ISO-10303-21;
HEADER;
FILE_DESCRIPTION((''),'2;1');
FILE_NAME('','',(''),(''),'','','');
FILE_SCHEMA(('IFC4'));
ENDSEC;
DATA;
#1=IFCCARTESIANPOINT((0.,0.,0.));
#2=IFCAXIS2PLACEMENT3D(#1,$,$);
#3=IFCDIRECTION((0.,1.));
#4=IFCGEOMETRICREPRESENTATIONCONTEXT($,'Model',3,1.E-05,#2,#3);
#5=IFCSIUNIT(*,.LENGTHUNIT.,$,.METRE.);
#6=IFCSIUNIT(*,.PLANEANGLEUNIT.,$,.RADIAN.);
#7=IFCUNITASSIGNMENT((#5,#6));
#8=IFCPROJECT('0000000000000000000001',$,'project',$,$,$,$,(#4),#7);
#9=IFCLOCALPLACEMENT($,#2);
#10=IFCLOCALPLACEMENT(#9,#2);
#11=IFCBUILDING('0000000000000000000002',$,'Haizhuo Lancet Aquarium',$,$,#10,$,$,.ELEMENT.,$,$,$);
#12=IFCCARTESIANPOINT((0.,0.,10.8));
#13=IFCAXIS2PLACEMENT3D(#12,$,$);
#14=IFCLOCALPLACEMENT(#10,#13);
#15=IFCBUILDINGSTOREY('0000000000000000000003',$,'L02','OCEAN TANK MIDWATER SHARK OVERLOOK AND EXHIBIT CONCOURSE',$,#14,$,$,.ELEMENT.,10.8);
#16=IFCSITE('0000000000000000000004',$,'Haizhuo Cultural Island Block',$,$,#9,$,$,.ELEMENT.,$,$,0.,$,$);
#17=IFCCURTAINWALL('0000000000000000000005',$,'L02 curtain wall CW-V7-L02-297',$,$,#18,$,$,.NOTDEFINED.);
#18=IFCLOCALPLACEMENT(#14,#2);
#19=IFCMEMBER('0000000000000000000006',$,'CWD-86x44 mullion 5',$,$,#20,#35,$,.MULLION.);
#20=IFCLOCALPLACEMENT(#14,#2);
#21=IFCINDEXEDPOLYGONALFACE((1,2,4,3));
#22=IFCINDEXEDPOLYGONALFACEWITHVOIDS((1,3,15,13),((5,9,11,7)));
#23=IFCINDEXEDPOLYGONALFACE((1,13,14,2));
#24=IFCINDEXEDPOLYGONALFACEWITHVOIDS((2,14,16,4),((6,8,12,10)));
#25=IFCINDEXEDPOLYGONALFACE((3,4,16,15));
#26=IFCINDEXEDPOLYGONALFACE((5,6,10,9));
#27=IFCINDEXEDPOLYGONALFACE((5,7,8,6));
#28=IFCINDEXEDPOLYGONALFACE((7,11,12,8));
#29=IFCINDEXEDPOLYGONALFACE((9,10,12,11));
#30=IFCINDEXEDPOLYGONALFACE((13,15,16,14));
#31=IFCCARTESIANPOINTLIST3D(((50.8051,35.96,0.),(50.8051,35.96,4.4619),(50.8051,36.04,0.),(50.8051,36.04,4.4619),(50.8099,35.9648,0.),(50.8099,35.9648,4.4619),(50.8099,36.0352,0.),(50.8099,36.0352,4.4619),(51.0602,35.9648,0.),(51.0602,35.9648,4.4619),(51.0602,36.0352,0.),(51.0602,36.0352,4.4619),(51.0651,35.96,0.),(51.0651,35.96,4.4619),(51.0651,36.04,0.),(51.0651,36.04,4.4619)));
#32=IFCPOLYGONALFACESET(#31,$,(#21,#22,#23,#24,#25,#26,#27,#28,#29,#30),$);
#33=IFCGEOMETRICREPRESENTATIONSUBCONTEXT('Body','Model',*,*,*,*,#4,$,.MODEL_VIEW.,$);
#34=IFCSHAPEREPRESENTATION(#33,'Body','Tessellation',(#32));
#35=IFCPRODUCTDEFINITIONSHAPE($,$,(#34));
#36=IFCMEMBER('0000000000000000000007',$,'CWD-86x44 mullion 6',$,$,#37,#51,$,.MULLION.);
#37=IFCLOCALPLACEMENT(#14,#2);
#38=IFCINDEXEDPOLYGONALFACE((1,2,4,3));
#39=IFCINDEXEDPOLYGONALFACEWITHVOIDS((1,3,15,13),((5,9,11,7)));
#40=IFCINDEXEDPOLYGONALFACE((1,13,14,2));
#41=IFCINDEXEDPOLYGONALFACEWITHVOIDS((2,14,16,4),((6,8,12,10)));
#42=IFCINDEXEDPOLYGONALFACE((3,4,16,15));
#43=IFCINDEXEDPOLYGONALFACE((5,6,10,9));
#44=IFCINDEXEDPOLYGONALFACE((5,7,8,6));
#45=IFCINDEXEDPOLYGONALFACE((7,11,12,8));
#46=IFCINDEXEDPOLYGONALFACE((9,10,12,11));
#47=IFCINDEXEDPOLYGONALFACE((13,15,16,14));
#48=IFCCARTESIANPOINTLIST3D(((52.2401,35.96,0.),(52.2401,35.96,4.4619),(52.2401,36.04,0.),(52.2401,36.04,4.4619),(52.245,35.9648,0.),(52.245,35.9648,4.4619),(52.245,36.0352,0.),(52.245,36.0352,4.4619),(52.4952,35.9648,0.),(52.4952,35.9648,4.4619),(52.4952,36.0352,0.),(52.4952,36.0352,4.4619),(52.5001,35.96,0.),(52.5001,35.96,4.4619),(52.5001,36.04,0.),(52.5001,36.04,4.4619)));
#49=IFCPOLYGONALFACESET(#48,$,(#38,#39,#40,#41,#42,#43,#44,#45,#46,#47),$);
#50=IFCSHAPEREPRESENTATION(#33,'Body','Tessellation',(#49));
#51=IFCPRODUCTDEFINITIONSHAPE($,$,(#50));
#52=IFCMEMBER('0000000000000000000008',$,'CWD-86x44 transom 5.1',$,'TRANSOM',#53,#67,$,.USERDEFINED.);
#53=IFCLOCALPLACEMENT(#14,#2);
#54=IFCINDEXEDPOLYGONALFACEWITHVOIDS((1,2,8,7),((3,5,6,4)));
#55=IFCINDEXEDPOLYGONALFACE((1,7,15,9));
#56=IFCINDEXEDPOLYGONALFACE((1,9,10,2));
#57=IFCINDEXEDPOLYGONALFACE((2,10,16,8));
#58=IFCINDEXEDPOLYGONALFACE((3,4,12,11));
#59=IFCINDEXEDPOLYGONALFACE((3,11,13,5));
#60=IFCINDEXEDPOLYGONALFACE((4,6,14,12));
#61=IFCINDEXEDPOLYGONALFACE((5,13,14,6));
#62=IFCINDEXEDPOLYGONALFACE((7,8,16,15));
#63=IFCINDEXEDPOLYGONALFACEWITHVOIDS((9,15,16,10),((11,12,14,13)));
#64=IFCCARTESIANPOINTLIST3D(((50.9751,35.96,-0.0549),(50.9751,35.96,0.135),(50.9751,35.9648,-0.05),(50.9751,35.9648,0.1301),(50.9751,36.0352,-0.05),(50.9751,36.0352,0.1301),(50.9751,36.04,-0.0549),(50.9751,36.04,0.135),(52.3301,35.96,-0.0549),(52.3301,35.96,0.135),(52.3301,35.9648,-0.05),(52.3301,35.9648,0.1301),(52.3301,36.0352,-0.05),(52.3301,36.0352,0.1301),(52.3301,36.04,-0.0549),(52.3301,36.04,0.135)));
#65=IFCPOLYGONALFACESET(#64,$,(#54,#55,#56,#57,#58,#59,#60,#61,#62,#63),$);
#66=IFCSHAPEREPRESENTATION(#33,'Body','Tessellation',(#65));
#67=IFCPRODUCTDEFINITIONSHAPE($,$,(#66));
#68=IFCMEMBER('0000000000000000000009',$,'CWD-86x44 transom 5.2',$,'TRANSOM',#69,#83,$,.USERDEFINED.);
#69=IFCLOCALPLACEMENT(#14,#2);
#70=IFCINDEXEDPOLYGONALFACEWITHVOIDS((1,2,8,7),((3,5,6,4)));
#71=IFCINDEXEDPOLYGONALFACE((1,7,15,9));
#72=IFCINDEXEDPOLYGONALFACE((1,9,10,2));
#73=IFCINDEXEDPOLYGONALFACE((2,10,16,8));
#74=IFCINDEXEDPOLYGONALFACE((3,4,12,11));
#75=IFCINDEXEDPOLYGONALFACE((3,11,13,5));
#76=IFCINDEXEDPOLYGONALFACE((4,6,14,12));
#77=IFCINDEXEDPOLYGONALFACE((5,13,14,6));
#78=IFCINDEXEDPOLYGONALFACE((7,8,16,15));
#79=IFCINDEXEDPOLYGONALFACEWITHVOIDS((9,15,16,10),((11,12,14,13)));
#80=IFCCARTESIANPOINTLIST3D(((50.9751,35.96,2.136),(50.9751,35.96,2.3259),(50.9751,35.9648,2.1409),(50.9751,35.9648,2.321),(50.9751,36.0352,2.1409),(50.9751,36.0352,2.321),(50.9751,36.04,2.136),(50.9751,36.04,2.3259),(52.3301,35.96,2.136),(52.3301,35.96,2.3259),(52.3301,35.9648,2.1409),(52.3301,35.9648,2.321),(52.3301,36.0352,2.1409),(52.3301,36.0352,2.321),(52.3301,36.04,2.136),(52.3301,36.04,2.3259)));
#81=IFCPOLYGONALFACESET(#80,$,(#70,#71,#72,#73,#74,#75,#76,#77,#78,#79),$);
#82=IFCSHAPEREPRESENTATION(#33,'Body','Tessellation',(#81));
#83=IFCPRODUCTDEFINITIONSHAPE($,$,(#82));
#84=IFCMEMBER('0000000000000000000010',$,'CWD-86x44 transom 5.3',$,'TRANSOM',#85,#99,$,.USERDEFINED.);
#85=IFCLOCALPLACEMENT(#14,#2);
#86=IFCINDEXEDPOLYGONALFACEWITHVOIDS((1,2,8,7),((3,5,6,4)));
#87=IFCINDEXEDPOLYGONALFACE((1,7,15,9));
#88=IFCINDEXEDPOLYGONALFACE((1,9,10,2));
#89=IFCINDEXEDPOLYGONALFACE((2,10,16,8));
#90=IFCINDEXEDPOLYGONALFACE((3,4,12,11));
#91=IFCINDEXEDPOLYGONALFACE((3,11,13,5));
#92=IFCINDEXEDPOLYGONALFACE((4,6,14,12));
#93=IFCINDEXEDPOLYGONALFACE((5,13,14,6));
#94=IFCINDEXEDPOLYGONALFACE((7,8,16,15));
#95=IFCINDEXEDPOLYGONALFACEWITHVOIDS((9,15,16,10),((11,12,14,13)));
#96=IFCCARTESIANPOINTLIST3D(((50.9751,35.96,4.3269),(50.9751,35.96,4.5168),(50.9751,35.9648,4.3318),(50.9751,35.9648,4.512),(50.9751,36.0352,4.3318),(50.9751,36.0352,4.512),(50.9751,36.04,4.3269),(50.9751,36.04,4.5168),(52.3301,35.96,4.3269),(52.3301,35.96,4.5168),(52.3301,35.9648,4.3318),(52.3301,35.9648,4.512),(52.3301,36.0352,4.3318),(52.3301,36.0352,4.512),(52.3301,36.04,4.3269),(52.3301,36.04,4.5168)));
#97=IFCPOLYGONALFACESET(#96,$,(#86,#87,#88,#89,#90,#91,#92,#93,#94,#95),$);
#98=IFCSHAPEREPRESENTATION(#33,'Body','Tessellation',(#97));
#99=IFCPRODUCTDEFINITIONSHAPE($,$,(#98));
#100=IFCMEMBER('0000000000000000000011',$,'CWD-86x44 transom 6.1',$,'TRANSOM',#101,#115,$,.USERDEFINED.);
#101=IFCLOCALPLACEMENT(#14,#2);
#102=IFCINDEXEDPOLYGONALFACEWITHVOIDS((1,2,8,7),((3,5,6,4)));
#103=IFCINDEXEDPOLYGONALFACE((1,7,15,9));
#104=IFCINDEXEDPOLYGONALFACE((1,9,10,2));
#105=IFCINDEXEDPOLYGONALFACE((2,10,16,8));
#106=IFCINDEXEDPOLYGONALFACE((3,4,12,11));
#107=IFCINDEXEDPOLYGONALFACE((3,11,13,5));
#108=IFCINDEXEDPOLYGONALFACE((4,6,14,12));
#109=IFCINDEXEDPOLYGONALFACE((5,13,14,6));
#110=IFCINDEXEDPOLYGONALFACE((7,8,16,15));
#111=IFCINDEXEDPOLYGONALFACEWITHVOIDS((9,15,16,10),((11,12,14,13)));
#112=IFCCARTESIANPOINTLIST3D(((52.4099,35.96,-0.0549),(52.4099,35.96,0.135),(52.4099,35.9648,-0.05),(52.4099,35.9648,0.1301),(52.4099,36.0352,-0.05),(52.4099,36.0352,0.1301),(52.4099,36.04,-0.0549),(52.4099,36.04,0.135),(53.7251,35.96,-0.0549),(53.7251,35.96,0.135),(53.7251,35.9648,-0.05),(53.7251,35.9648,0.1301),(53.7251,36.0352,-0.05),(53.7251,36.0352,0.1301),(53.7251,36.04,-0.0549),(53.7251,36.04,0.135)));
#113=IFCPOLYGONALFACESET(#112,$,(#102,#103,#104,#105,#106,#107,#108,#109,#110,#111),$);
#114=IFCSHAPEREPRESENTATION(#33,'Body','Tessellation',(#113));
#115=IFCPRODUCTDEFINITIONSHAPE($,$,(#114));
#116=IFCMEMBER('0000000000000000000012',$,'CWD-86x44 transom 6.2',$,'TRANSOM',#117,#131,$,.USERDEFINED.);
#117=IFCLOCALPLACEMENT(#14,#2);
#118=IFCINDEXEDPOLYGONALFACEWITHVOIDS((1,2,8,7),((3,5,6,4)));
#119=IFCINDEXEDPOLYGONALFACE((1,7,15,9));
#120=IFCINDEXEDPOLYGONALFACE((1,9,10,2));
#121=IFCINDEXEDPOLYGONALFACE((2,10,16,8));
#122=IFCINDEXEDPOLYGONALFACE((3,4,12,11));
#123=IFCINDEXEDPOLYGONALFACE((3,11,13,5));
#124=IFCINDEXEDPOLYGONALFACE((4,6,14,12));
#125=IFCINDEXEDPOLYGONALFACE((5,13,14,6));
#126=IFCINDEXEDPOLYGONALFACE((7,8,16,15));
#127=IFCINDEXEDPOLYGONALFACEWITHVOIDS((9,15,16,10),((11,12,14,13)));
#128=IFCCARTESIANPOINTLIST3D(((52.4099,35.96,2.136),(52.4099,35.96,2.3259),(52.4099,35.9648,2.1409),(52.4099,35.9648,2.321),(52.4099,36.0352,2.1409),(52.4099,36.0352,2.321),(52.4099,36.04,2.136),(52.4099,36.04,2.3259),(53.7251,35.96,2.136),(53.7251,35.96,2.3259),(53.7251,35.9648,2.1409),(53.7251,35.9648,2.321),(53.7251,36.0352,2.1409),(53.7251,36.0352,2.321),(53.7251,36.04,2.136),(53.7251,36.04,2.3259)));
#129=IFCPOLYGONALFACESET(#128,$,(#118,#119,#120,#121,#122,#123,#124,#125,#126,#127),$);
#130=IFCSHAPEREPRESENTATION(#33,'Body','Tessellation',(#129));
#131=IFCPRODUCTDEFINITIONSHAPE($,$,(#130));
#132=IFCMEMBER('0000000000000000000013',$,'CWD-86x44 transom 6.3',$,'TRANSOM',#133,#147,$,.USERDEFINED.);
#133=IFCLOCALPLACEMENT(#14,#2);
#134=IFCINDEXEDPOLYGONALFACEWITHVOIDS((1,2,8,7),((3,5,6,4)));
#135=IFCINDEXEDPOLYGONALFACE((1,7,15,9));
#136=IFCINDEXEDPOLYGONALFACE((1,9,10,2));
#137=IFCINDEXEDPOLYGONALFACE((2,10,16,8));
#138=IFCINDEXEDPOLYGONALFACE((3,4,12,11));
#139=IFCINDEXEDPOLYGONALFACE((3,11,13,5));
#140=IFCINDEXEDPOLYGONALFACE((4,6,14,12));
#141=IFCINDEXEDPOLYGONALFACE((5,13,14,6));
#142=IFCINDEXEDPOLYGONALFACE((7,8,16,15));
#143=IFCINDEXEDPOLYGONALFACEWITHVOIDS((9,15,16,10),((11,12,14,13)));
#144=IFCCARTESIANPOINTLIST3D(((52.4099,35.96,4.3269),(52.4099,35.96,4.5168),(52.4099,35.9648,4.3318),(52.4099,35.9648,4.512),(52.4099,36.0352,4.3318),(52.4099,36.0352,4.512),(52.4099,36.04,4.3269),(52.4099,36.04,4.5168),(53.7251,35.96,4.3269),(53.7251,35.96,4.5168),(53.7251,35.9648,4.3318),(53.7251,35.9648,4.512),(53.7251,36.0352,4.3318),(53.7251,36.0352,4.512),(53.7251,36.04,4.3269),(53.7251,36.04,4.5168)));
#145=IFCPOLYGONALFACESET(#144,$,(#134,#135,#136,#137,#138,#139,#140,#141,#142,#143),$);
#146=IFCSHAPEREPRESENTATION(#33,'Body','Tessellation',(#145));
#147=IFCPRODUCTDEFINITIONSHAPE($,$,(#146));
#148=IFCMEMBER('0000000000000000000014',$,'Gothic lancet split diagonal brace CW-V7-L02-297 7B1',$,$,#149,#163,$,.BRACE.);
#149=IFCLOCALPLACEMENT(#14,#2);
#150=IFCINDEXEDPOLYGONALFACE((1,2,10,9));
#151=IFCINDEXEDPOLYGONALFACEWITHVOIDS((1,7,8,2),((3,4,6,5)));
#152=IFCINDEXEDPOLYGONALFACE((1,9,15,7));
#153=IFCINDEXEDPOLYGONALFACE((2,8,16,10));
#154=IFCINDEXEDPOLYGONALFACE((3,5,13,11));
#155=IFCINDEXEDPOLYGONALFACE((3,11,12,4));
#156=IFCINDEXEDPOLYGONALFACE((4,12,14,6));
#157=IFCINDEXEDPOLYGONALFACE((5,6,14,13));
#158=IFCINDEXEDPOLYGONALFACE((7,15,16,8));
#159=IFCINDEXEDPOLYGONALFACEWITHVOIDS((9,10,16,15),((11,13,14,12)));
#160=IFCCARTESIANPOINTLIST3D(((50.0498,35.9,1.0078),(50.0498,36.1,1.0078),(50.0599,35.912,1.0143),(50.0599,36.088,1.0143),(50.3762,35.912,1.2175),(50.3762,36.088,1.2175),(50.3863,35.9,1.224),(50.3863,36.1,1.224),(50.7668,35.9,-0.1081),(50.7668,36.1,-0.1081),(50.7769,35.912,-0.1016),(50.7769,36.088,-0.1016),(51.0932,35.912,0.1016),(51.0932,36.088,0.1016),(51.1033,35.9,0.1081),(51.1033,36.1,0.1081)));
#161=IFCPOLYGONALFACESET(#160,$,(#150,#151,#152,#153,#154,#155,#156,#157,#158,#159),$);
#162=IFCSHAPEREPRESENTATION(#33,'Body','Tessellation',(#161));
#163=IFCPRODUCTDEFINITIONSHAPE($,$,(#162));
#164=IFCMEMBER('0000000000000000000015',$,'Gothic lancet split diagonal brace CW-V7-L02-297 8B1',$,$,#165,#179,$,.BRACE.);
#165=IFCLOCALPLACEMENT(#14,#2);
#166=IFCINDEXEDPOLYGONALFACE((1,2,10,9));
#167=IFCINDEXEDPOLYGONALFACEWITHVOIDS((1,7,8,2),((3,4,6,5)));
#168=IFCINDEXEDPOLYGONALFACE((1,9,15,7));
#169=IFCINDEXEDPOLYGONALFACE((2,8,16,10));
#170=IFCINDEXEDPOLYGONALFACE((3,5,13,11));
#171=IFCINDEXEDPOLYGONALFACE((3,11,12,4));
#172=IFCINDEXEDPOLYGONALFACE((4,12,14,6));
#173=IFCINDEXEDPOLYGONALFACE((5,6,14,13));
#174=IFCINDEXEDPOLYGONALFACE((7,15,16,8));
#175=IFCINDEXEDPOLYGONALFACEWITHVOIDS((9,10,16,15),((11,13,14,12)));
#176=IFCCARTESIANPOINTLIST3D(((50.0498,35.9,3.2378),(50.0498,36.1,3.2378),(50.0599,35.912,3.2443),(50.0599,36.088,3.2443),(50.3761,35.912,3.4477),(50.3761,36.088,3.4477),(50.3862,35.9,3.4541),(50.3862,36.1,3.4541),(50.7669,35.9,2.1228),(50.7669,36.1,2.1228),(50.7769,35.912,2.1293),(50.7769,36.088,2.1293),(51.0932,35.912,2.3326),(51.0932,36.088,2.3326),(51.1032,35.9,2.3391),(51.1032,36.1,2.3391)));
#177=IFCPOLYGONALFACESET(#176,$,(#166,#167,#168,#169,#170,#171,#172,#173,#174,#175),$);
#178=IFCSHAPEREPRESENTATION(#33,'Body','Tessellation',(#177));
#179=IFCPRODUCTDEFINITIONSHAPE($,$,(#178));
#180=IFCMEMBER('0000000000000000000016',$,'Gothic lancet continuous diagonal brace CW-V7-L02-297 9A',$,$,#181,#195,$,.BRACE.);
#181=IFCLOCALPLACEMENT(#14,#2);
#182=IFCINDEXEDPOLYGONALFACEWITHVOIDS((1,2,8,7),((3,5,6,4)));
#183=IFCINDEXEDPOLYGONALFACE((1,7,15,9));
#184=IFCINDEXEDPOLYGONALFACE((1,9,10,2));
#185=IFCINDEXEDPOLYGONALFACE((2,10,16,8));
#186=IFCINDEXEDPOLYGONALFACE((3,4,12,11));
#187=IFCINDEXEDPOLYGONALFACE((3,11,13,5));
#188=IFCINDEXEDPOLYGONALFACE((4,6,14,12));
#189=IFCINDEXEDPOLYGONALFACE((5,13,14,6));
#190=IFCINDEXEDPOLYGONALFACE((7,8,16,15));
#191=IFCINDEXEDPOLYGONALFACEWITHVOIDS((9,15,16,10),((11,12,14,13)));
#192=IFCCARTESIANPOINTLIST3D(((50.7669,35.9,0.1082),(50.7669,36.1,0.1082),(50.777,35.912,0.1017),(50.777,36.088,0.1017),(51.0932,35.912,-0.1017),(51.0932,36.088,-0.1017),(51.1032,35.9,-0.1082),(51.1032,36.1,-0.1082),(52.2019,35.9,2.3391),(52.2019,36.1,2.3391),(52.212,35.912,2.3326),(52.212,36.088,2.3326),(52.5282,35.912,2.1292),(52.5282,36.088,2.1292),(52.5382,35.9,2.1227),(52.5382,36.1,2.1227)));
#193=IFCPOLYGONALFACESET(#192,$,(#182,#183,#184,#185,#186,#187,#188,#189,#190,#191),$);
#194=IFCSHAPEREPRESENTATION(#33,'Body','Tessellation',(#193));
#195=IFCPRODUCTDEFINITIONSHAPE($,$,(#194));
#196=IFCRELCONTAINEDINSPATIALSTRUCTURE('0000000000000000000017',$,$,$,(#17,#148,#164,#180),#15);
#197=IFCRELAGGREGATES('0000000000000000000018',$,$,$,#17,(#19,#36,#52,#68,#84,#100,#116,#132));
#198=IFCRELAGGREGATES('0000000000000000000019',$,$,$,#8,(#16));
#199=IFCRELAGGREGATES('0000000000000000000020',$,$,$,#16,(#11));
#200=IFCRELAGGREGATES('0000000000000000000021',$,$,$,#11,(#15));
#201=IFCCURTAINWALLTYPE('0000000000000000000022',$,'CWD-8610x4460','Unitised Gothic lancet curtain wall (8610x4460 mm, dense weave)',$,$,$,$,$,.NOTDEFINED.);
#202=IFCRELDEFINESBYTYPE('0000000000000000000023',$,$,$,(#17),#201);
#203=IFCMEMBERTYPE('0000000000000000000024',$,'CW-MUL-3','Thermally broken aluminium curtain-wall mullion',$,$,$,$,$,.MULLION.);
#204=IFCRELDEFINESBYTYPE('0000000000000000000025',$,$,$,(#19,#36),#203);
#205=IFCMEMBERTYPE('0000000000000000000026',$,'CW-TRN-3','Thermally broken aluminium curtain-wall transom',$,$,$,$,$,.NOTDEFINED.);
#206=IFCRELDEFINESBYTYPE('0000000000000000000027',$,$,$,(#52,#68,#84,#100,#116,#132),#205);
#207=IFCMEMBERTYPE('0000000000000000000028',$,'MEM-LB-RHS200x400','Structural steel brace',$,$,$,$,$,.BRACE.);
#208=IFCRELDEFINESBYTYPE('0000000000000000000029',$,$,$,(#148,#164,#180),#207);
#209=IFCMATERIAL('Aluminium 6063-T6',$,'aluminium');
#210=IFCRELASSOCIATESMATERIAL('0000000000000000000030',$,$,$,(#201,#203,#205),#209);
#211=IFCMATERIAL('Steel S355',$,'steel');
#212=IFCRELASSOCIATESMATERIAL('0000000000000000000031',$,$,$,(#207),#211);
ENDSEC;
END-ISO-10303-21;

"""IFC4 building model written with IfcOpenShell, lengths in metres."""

from ifc_helpers import new_model, si_unit, direction, frame, origin, origin_2d, place, context, subcontext, project, spatial, hollow_rectangle, extrude, material, material_profile, profile_set, type_object, element, aggregate, save


model = new_model("IFC4")

# Units and contexts
model_context = context("Model", 3, precision=1e-05, world=origin(), true_north=direction((0.0, 1.0)))
body_context = subcontext(model_context, "Body", "Model", "MODEL_VIEW")
ifc_project = project(units=[si_unit("LENGTHUNIT", "METRE"), si_unit("PLANEANGLEUNIT", "RADIAN")], contexts=[model_context])

# Site, building, storey
site_placement = place(None, origin())
site = spatial("IfcSite", under=ifc_project, at=site_placement, Name="Haizhuo Cultural Island Block", CompositionType="ELEMENT", RefElevation=0.0)
building_placement = place(site_placement, origin())
building = spatial("IfcBuilding", under=site, at=building_placement, Name="Haizhuo Lancet Aquarium", CompositionType="ELEMENT")
storey_placement = place(building_placement, frame((0.0, 0.0, 10.8)))
storey = spatial("IfcBuildingStorey", under=building, at=storey_placement, Name="L02", Description="OCEAN TANK MIDWATER SHARK OVERLOOK AND EXHIBIT CONCOURSE", CompositionType="ELEMENT", Elevation=10.8)

# Curtain wall, members
ifc_material_1 = material(Name="Aluminium 6063-T6", Category="aluminium")
curtain_wall_type = type_object("IfcCurtainWallType", Name="CWD-8610x4460", Description="Unitised Gothic lancet curtain wall (8610x4460 mm, dense weave)", PredefinedType="NOTDEFINED", material=ifc_material_1)
curtain_wall_placement = place(storey_placement, origin())
curtain_wall = element("IfcCurtainWall", 1, at=curtain_wall_placement, inside=storey, type_object=curtain_wall_type, Name="L02 curtain wall CW-V7-L02-297", PredefinedType="NOTDEFINED")
ifc_material_profile_1 = material_profile(ifc_material_1, hollow_rectangle(XDim=0.0801, YDim=0.26, WallThickness=0.0049, at=origin_2d()), Name="ALU-M 80x260x5")
ifc_profile_set_1 = profile_set([ifc_material_profile_1], Name="Aluminium 6063-T6")
member_type_1 = type_object("IfcMemberType", Name="CW-MUL-3", Description="Thermally broken aluminium curtain-wall mullion", PredefinedType="MULLION", material=ifc_profile_set_1)
member_1_placement = place(storey_placement, frame((50.9351, 36.0, 0.0), z_axis=(0.0, 0.0, 1.0), x_axis=(0.0, 1.0, 0.0)))
member_1 = element("IfcMember", 2, at=member_1_placement, type_object=member_type_1, Name="CWD-86x44 mullion 5", PredefinedType="MULLION", context=body_context, shape_type="SweptSolid", body=[
    extrude(hollow_rectangle(XDim=0.0801, YDim=0.26, WallThickness=0.0049, at=origin_2d()), origin(), (0.0, 0.0, 1.0), 4.4619),
])
member_2_placement = place(storey_placement, frame((52.3701, 36.0, 0.0), z_axis=(0.0, 0.0, 1.0), x_axis=(0.0, 1.0, 0.0)))
member_2 = element("IfcMember", 3, at=member_2_placement, type_object=member_type_1, Name="CWD-86x44 mullion 6", PredefinedType="MULLION", context=body_context, shape_type="SweptSolid", body=[
    extrude(hollow_rectangle(XDim=0.0801, YDim=0.26, WallThickness=0.0049, at=origin_2d()), origin(), (0.0, 0.0, 1.0), 4.4619),
])
ifc_material_profile_2 = material_profile(ifc_material_1, hollow_rectangle(XDim=0.0801, YDim=0.1899, WallThickness=0.0049, at=origin_2d()), Name="ALU-T 80x190x5")
ifc_profile_set_2 = profile_set([ifc_material_profile_2], Name="Aluminium 6063-T6")
member_type_2 = type_object("IfcMemberType", Name="CW-TRN-3", Description="Thermally broken aluminium curtain-wall transom", PredefinedType="NOTDEFINED", material=ifc_profile_set_2)
member_3_placement = place(storey_placement, frame((50.9751, 36.0, 0.04), z_axis=(1.0, 0.0, 0.0), x_axis=(0.0, 1.0, 0.0)))
member_3 = element("IfcMember", 4, at=member_3_placement, type_object=member_type_2, Name="CWD-86x44 transom 5.1", ObjectType="TRANSOM", PredefinedType="USERDEFINED", context=body_context, shape_type="SweptSolid", body=[
    extrude(hollow_rectangle(XDim=0.0801, YDim=0.1899, WallThickness=0.0049, at=origin_2d()), origin(), (0.0, 0.0, 1.0), 1.355),
])
member_4_placement = place(storey_placement, frame((50.9751, 36.0, 2.231), z_axis=(1.0, 0.0, 0.0), x_axis=(0.0, 1.0, 0.0)))
member_4 = element("IfcMember", 5, at=member_4_placement, type_object=member_type_2, Name="CWD-86x44 transom 5.2", ObjectType="TRANSOM", PredefinedType="USERDEFINED", context=body_context, shape_type="SweptSolid", body=[
    extrude(hollow_rectangle(XDim=0.0801, YDim=0.1899, WallThickness=0.0049, at=origin_2d()), origin(), (0.0, 0.0, 1.0), 1.355),
])
member_5_placement = place(storey_placement, frame((50.9751, 36.0, 4.4219), z_axis=(1.0, 0.0, 0.0), x_axis=(0.0, 1.0, 0.0)))
member_5 = element("IfcMember", 6, at=member_5_placement, type_object=member_type_2, Name="CWD-86x44 transom 5.3", ObjectType="TRANSOM", PredefinedType="USERDEFINED", context=body_context, shape_type="SweptSolid", body=[
    extrude(hollow_rectangle(XDim=0.0801, YDim=0.1899, WallThickness=0.0049, at=origin_2d()), origin(), (0.0, 0.0, 1.0), 1.355),
])
member_6_placement = place(storey_placement, frame((52.4099, 36.0, 0.04), z_axis=(1.0, 0.0, 0.0), x_axis=(0.0, 1.0, 0.0)))
member_6 = element("IfcMember", 7, at=member_6_placement, type_object=member_type_2, Name="CWD-86x44 transom 6.1", ObjectType="TRANSOM", PredefinedType="USERDEFINED", context=body_context, shape_type="SweptSolid", body=[
    extrude(hollow_rectangle(XDim=0.0801, YDim=0.1899, WallThickness=0.0049, at=origin_2d()), origin(), (0.0, 0.0, 1.0), 1.3152),
])
member_7_placement = place(storey_placement, frame((52.4099, 36.0, 2.231), z_axis=(1.0, 0.0, 0.0), x_axis=(0.0, 1.0, 0.0)))
member_7 = element("IfcMember", 8, at=member_7_placement, type_object=member_type_2, Name="CWD-86x44 transom 6.2", ObjectType="TRANSOM", PredefinedType="USERDEFINED", context=body_context, shape_type="SweptSolid", body=[
    extrude(hollow_rectangle(XDim=0.0801, YDim=0.1899, WallThickness=0.0049, at=origin_2d()), origin(), (0.0, 0.0, 1.0), 1.3152),
])
member_8_placement = place(storey_placement, frame((52.4099, 36.0, 4.4219), z_axis=(1.0, 0.0, 0.0), x_axis=(0.0, 1.0, 0.0)))
member_8 = element("IfcMember", 9, at=member_8_placement, type_object=member_type_2, Name="CWD-86x44 transom 6.3", ObjectType="TRANSOM", PredefinedType="USERDEFINED", context=body_context, shape_type="SweptSolid", body=[
    extrude(hollow_rectangle(XDim=0.0801, YDim=0.1899, WallThickness=0.0049, at=origin_2d()), origin(), (0.0, 0.0, 1.0), 1.3152),
])

# Members
ifc_material_2 = material(Name="Steel S355", Category="steel")
ifc_material_profile_3 = material_profile(ifc_material_2, hollow_rectangle(XDim=0.2, YDim=0.3999, WallThickness=0.012, at=origin_2d()), Name="RHS 200x400x12")
ifc_profile_set_3 = profile_set([ifc_material_profile_3], Name="Steel S355")
member_type_3 = type_object("IfcMemberType", Name="MEM-LB-RHS200x400", Description="Structural steel brace", PredefinedType="BRACE", material=ifc_profile_set_3)
member_9_placement = place(storey_placement, frame((50.9351, 36.0, 0.0), z_axis=(-0.540562, 0.0, 0.841304), x_axis=(0.0, -1.0, 0.0)))
element("IfcMember", 10, at=member_9_placement, inside=storey, type_object=member_type_3, Name="Gothic lancet split diagonal brace CW-V7-L02-297 7B1", PredefinedType="BRACE", context=body_context, shape_type="SweptSolid", body=[
    extrude(hollow_rectangle(XDim=0.2, YDim=0.3999, WallThickness=0.012, at=origin_2d()), origin(), (0.0, 0.0, 1.0), 1.3264),
])
member_10_placement = place(storey_placement, frame((50.9351, 36.0, 2.231), z_axis=(-0.540897, 0.0, 0.841089), x_axis=(0.0, -1.0, 0.0)))
element("IfcMember", 11, at=member_10_placement, inside=storey, type_object=member_type_3, Name="Gothic lancet split diagonal brace CW-V7-L02-297 8B1", PredefinedType="BRACE", context=body_context, shape_type="SweptSolid", body=[
    extrude(hollow_rectangle(XDim=0.2, YDim=0.3999, WallThickness=0.012, at=origin_2d()), origin(), (0.0, 0.0, 1.0), 1.3257),
])
member_11_placement = place(storey_placement, frame((50.9351, 36.0, 0.0), z_axis=(0.54099, 0.0, 0.841029), x_axis=(0.0, 1.0, 0.0)))
element("IfcMember", 12, at=member_11_placement, inside=storey, type_object=member_type_3, Name="Gothic lancet continuous diagonal brace CW-V7-L02-297 9A", PredefinedType="BRACE", context=body_context, shape_type="SweptSolid", body=[
    extrude(hollow_rectangle(XDim=0.2, YDim=0.3999, WallThickness=0.012, at=origin_2d()), origin(), (0.0, 0.0, 1.0), 2.6526),
])

aggregate(curtain_wall, [member_1, member_2, member_3, member_4, member_5, member_6, member_7, member_8])

save(model, "model.ifc")
